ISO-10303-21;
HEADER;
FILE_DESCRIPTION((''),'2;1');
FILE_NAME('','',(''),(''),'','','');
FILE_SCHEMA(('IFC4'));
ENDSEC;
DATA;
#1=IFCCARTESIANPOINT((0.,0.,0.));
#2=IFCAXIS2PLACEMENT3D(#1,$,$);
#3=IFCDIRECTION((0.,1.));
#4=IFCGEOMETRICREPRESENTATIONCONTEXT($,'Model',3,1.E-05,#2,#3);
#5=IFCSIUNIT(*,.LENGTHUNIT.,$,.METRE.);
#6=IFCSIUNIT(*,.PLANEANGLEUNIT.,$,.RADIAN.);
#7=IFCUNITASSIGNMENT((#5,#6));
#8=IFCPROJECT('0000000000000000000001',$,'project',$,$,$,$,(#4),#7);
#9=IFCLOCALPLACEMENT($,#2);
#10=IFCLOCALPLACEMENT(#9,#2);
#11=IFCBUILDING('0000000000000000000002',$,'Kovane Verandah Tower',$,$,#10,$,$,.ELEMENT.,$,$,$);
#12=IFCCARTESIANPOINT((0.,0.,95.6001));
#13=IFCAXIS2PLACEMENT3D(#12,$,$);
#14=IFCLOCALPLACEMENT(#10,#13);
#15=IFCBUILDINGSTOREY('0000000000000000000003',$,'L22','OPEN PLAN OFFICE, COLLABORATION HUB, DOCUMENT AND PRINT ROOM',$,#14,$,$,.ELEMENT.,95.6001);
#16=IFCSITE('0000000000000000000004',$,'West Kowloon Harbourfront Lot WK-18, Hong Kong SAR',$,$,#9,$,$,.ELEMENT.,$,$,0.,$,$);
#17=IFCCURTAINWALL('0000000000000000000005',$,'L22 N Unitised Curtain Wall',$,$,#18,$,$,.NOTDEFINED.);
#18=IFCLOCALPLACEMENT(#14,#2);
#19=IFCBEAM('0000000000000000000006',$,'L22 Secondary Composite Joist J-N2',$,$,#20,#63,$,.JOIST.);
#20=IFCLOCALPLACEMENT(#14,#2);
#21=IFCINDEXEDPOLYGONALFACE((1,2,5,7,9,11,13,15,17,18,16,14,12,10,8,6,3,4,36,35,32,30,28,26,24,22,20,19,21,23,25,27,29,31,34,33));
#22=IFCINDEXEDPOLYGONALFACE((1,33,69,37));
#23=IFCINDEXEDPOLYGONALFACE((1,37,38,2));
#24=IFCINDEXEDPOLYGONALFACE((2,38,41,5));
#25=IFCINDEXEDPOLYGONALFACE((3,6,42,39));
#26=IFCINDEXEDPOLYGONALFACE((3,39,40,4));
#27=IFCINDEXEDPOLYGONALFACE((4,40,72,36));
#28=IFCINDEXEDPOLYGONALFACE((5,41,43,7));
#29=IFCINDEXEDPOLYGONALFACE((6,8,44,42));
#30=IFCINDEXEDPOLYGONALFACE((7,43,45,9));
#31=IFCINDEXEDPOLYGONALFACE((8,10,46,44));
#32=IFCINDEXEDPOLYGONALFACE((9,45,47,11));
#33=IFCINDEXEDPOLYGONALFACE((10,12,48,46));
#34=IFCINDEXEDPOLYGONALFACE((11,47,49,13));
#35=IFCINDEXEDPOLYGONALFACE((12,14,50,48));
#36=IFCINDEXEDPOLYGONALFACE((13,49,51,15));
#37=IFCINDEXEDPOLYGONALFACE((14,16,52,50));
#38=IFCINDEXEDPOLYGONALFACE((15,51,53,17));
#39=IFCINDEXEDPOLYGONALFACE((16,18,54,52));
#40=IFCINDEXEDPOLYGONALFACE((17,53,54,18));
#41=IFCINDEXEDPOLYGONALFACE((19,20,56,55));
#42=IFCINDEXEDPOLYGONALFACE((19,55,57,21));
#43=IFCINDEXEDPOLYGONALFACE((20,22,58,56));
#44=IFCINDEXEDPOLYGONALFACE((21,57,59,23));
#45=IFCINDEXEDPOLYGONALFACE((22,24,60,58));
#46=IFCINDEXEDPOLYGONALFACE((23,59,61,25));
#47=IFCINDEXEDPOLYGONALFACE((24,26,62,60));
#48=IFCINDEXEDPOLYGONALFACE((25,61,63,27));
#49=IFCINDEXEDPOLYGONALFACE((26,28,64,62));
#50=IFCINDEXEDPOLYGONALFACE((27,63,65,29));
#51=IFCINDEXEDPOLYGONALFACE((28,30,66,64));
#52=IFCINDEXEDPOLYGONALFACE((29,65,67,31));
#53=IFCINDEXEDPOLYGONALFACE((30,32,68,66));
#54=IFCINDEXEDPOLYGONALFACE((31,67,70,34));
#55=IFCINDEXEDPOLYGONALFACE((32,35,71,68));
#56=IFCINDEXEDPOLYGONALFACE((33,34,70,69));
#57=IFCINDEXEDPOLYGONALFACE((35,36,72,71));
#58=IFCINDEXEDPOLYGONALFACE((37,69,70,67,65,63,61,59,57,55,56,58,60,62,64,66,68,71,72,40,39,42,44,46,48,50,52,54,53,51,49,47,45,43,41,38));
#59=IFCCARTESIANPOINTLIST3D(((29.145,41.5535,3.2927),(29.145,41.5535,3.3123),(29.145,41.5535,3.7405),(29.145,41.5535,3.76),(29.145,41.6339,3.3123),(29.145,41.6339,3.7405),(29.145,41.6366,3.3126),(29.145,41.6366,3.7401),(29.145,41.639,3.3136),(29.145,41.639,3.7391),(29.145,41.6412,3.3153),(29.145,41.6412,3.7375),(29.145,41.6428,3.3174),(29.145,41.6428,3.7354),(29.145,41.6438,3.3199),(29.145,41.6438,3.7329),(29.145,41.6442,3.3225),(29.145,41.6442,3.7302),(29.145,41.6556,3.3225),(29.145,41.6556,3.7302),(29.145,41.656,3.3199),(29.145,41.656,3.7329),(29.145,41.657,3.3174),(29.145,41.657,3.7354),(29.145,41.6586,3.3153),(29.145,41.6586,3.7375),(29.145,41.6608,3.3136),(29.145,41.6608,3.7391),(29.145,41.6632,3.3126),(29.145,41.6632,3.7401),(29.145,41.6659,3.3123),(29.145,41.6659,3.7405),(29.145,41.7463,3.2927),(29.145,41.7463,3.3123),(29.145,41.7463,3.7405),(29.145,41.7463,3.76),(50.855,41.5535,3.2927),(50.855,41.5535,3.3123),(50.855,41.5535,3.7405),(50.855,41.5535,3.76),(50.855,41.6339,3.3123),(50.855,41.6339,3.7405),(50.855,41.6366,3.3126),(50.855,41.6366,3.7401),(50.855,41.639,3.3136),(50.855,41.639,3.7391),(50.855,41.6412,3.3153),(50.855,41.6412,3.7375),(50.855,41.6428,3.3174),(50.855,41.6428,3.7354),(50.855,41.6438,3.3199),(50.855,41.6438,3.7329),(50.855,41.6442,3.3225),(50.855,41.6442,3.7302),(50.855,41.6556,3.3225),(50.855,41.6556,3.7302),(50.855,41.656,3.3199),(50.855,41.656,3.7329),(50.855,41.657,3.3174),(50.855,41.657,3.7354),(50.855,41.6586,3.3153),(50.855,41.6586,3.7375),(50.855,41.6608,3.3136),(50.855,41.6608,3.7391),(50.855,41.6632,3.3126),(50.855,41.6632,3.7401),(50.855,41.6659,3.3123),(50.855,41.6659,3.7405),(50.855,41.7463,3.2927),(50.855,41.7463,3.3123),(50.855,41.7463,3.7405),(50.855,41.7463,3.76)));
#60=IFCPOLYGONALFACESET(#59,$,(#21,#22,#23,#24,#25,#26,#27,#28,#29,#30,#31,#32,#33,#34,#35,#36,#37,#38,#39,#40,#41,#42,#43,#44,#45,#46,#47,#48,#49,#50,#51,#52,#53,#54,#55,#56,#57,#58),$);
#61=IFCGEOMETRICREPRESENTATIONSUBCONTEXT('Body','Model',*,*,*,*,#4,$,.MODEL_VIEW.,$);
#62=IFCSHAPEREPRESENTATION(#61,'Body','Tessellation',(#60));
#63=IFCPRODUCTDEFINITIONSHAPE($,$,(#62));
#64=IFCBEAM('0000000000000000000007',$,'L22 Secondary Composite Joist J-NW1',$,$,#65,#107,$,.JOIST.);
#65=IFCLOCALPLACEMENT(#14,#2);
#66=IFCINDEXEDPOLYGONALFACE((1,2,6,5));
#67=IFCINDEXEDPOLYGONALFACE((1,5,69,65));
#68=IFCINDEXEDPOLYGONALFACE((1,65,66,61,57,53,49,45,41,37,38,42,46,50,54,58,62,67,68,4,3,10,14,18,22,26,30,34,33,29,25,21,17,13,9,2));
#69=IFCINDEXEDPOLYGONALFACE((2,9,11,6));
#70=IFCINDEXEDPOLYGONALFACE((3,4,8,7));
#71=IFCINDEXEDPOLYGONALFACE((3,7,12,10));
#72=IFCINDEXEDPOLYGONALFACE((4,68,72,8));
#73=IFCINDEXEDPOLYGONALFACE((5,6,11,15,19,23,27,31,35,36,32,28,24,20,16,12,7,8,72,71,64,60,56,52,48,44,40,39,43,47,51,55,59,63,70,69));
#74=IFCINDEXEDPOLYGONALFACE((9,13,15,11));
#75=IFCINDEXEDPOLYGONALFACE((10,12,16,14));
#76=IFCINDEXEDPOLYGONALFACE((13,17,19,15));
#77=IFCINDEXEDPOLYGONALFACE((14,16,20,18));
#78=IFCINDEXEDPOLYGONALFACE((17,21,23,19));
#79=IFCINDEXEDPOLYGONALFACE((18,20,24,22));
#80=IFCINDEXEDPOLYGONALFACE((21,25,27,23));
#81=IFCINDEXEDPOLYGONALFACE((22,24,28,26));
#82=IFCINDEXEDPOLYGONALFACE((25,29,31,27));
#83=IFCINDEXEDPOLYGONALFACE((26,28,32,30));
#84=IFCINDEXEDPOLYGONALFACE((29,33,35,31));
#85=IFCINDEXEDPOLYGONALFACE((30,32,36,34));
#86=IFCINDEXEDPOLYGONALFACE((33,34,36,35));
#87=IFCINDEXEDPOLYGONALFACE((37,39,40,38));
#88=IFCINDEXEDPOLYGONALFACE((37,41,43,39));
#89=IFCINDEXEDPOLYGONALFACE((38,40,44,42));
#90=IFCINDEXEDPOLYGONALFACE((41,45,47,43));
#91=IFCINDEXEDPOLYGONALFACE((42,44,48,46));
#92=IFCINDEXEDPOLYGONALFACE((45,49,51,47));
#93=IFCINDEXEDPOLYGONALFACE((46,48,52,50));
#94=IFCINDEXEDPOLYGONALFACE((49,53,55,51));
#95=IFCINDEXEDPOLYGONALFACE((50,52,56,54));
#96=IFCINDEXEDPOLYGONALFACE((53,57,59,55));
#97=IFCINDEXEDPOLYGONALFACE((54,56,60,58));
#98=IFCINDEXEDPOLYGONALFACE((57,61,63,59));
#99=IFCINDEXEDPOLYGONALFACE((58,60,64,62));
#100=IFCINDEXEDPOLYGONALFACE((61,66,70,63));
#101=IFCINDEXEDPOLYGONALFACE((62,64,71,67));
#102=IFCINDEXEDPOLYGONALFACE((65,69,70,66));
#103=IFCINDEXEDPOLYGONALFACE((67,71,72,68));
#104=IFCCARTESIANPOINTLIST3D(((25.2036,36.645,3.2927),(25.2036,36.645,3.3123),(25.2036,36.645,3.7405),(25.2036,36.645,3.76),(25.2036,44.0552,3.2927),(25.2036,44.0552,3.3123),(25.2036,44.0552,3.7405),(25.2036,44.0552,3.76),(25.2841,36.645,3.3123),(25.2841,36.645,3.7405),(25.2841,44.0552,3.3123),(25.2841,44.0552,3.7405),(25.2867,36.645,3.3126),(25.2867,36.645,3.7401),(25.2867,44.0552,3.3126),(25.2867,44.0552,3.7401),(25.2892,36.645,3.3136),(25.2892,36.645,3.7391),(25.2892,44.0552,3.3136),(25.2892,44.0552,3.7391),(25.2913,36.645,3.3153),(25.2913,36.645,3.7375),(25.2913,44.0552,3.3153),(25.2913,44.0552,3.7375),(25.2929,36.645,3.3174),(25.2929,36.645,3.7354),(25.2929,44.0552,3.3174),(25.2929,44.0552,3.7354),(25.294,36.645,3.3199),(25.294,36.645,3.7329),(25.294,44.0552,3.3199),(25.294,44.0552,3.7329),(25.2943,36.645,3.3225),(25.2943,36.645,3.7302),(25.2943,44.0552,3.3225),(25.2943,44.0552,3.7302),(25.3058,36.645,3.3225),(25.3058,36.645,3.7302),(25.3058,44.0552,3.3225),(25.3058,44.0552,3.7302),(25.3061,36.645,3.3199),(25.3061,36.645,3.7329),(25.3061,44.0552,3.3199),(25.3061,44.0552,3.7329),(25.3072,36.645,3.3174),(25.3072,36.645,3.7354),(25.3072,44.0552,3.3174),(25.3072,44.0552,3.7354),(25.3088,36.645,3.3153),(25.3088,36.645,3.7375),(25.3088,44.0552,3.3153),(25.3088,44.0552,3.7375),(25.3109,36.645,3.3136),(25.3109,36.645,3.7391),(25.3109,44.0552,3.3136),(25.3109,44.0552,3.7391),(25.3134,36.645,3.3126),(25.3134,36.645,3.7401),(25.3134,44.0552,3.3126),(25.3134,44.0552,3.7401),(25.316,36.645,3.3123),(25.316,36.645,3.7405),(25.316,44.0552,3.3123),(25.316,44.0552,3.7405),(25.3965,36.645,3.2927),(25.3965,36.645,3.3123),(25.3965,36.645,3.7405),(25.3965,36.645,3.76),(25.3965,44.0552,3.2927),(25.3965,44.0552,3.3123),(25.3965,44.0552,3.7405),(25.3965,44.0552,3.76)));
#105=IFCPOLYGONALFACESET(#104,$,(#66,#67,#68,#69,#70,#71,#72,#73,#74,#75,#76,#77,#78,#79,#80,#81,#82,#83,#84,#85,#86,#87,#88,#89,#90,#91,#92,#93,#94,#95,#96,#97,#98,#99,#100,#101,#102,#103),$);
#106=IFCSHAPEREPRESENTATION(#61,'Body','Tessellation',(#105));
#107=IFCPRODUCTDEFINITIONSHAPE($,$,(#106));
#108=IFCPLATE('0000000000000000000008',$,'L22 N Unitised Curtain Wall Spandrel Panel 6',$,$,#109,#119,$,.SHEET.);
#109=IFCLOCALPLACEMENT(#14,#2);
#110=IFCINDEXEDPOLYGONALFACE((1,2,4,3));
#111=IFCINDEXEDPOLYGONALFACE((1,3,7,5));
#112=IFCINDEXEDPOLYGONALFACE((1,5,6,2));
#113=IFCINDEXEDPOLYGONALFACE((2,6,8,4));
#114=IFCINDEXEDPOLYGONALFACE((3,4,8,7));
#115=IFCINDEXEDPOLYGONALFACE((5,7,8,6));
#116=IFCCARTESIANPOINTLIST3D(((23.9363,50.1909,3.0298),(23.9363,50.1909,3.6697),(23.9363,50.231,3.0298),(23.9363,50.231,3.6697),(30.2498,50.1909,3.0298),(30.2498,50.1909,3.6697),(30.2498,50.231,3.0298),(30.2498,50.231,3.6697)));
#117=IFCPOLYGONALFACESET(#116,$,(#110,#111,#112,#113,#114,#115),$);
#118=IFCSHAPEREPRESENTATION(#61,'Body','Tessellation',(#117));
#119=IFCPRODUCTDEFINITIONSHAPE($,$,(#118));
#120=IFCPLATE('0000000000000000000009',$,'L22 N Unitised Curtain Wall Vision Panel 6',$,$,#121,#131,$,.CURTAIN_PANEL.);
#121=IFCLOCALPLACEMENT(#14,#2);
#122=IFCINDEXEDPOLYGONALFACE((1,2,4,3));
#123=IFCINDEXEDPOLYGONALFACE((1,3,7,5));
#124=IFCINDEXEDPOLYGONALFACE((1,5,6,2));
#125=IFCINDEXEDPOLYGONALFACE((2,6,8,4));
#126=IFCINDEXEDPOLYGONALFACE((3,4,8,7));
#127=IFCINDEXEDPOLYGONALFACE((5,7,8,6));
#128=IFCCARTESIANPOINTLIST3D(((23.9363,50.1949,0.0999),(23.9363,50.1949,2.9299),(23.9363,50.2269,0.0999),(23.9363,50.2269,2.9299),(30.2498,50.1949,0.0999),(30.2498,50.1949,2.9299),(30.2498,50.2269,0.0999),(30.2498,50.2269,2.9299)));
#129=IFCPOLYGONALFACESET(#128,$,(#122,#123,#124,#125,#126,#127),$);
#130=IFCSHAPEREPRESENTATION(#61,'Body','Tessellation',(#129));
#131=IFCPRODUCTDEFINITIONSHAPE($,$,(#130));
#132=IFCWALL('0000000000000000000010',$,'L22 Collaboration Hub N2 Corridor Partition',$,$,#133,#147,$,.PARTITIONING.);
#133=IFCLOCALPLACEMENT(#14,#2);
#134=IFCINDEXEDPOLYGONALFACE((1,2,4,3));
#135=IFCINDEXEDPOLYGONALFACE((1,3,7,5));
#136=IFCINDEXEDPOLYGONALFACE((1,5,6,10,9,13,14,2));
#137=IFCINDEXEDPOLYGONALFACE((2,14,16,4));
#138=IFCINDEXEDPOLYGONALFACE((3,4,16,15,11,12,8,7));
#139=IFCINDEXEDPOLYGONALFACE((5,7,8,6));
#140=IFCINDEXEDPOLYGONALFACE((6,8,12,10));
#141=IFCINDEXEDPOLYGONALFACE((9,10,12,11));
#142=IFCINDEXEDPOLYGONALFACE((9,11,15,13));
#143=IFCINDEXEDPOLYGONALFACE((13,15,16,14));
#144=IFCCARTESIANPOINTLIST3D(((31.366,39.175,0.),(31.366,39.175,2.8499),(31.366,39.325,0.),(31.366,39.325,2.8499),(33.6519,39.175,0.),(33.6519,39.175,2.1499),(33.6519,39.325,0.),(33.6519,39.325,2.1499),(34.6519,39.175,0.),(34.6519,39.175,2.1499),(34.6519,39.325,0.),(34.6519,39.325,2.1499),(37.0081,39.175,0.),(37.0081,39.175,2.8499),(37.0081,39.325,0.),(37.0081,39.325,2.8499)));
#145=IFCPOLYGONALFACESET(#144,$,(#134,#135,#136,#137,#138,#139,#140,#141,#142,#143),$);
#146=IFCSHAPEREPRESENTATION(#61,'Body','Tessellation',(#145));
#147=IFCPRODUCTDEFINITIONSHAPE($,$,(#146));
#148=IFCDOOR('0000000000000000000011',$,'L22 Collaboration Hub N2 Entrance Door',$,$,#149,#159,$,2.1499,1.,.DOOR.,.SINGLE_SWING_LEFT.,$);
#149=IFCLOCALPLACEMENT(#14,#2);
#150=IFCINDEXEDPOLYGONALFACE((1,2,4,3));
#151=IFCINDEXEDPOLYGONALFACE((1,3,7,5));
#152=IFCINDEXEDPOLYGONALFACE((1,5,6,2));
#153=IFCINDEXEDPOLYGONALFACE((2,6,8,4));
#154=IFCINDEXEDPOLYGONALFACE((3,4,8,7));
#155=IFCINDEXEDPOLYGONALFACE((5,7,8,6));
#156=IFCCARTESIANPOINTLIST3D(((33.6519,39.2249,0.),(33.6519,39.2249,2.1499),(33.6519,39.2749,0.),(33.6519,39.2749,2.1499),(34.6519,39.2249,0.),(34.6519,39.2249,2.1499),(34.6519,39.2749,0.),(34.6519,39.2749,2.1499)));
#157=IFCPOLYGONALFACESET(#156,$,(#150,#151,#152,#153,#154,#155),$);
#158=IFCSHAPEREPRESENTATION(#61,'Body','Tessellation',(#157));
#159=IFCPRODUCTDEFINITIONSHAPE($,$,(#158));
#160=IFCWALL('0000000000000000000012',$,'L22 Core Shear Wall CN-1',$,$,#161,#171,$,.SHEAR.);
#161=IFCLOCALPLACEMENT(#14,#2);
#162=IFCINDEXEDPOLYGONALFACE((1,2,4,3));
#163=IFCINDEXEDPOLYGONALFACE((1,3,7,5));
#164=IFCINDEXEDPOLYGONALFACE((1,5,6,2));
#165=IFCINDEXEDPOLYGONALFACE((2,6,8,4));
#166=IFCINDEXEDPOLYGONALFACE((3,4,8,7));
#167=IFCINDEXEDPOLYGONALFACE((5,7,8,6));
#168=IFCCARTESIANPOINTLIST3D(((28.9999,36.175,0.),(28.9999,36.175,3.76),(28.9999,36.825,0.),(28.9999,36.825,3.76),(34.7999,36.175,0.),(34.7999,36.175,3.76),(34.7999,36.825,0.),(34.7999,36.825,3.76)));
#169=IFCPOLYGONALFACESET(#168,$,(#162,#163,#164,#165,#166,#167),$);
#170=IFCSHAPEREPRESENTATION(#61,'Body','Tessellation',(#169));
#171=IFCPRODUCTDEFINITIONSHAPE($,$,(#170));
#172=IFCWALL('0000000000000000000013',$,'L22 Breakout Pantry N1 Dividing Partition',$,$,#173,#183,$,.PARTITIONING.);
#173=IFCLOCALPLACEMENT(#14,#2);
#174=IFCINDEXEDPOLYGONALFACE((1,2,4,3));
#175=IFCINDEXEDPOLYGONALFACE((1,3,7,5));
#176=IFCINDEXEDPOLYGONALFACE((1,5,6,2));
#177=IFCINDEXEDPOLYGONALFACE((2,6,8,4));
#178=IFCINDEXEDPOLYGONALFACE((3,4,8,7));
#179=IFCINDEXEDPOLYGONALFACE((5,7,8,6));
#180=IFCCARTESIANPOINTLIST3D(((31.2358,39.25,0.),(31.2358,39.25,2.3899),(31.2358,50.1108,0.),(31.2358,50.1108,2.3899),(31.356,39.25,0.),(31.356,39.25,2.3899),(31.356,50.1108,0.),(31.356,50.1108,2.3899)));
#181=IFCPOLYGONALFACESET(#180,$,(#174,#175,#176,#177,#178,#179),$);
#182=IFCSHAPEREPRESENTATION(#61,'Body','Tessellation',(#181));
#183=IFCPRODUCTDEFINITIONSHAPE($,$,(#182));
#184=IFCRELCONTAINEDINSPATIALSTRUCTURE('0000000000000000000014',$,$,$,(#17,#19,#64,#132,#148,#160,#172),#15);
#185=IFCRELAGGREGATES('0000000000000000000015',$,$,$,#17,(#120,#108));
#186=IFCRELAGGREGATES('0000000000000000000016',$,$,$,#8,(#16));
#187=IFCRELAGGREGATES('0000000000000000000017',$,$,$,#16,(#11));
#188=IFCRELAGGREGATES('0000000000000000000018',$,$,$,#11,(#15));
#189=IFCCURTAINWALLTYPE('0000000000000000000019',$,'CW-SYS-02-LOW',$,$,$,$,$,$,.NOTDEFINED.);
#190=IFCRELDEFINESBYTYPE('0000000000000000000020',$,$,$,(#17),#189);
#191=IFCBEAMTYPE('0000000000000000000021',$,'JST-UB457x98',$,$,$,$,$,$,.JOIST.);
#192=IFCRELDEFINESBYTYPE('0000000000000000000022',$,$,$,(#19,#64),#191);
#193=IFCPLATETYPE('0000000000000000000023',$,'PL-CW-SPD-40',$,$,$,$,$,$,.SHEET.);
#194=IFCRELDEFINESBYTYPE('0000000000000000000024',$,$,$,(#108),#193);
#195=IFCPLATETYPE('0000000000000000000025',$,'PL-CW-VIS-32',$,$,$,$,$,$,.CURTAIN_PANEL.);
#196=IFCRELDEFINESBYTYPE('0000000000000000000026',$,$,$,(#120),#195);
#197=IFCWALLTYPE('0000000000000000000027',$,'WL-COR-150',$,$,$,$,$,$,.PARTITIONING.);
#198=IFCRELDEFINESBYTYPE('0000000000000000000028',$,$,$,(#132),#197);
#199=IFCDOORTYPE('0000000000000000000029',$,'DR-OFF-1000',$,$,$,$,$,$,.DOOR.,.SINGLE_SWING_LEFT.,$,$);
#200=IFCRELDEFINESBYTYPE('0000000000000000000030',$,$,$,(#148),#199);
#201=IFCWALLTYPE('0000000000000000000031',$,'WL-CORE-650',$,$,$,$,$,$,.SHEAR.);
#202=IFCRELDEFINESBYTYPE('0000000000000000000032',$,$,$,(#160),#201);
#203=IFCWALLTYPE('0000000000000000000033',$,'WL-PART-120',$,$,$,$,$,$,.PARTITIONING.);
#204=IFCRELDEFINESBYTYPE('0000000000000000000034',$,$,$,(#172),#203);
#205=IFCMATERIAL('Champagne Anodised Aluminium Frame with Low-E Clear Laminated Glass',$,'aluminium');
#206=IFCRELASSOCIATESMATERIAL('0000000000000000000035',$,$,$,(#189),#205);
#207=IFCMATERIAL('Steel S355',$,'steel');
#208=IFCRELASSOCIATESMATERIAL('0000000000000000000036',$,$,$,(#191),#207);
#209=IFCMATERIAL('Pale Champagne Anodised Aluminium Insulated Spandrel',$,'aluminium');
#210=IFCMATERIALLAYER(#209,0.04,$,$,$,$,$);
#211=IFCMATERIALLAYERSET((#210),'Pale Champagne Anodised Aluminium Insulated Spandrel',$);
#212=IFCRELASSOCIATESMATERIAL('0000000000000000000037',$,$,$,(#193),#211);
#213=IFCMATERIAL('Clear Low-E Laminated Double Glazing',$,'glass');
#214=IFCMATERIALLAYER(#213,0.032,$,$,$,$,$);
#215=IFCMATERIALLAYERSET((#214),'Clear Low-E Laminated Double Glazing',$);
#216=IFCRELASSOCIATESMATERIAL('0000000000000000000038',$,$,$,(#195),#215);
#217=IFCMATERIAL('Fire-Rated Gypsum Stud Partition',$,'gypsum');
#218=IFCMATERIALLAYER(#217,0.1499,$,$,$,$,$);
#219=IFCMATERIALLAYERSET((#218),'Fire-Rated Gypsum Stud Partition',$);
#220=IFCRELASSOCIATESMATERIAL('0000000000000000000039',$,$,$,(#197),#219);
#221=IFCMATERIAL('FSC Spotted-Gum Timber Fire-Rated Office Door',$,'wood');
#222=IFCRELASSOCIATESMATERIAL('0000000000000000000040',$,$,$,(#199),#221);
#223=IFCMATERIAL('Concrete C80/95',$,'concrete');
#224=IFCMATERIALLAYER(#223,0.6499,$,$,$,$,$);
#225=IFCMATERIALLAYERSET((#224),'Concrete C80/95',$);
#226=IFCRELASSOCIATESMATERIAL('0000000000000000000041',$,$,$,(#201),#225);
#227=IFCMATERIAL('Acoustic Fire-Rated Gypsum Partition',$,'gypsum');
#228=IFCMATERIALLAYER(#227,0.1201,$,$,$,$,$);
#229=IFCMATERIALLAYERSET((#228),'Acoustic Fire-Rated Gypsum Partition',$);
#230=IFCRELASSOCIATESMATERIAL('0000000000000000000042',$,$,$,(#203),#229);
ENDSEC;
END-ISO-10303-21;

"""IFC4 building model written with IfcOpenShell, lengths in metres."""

from ifc_helpers import new_model, si_unit, direction, frame, frame_2d, origin, origin_2d, place, context, subcontext, project, spatial, rectangle, i_section, extrude, material, layer, layer_set, material_profile, profile_set, type_object, element, fill, aggregate, save


model = new_model("IFC4")

# Units and contexts
model_context = context("Model", 3, precision=1e-05, world=origin(), true_north=direction((0.0, 1.0)))
body_context = subcontext(model_context, "Body", "Model", "MODEL_VIEW")
ifc_project = project(units=[si_unit("LENGTHUNIT", "METRE"), si_unit("PLANEANGLEUNIT", "RADIAN")], contexts=[model_context])

# Site, building, storey
site_placement = place(None, origin())
site = spatial("IfcSite", under=ifc_project, at=site_placement, Name="West Kowloon Harbourfront Lot WK-18, Hong Kong SAR", CompositionType="ELEMENT", RefElevation=0.0)
building_placement = place(site_placement, origin())
building = spatial("IfcBuilding", under=site, at=building_placement, Name="Kovane Verandah Tower", CompositionType="ELEMENT")
storey_placement = place(building_placement, frame((0.0, 0.0, 95.6001)))
storey = spatial("IfcBuildingStorey", under=building, at=storey_placement, Name="L22", Description="OPEN PLAN OFFICE, COLLABORATION HUB, DOCUMENT AND PRINT ROOM", CompositionType="ELEMENT", Elevation=95.6001)

# Shared definitions
ifc_material_1 = material(Name="Concrete C80/95", Category="concrete")

# Shared definitions
ifc_material_2 = material(Name="Steel S355", Category="steel")

# Curtain wall
ifc_material_3 = material(Name="Champagne Anodised Aluminium Frame with Low-E Clear Laminated Glass", Category="aluminium")
curtain_wall_type = type_object("IfcCurtainWallType", Name="CW-SYS-02-LOW", PredefinedType="NOTDEFINED", material=ifc_material_3)
curtain_wall_placement = place(storey_placement, origin())
curtain_wall = element("IfcCurtainWall", 1, at=curtain_wall_placement, inside=storey, type_object=curtain_wall_type, Name="L22 N Unitised Curtain Wall", PredefinedType="NOTDEFINED")

# Beams
ifc_material_profile_1 = material_profile(ifc_material_2, i_section(OverallWidth=0.1929, OverallDepth=0.4673, WebThickness=0.0115, FlangeThickness=0.0195, FilletRadius=0.0103, at=origin_2d()), Name="UB457x191x98")
ifc_profile_set_1 = profile_set([ifc_material_profile_1], Name="Steel S355")
beam_type_1 = type_object("IfcBeamType", Name="JST-UB457x98", PredefinedType="JOIST", material=ifc_profile_set_1)
for number, where, z_axis, x_axis, name in (
    (2, (29.145, 41.6499, 3.5264), (1.0, 0.0, 0.0), (0.0, 1.0, 0.0), "L22 Secondary Composite Joist J-N2"),
):
    element("IfcBeam", number, at=place(storey_placement, frame(where, z_axis=z_axis, x_axis=x_axis)), inside=storey, type_object=beam_type_1, Name=name, PredefinedType="JOIST", context=body_context, shape_type="SweptSolid", body=[
        extrude(i_section(OverallWidth=0.1929, OverallDepth=0.4673, WebThickness=0.0115, FlangeThickness=0.0195, FilletRadius=0.0103, at=origin_2d()), origin(), (0.0, 0.0, 1.0), 21.71),
    ])
beam_1_placement = place(storey_placement, frame((25.3, 36.645, 3.5264), z_axis=(0.0, 1.0, 0.0), x_axis=(-1.0, 0.0, 0.0)))
element("IfcBeam", 3, at=beam_1_placement, inside=storey, type_object=beam_type_1, Name="L22 Secondary Composite Joist J-NW1", PredefinedType="JOIST", context=body_context, shape_type="SweptSolid", body=[
    extrude(i_section(OverallWidth=0.1929, OverallDepth=0.4673, WebThickness=0.0115, FlangeThickness=0.0195, FilletRadius=0.0103, at=origin_2d()), origin(), (0.0, 0.0, 1.0), 7.4102),
])

# Plates
ifc_material_4 = material(Name="Pale Champagne Anodised Aluminium Insulated Spandrel", Category="aluminium")
ifc_layer_1 = layer(ifc_material_4, 0.04)
ifc_layer_set_1 = layer_set([ifc_layer_1], Name="Pale Champagne Anodised Aluminium Insulated Spandrel")
plate_type_1 = type_object("IfcPlateType", Name="PL-CW-SPD-40", PredefinedType="SHEET", material=ifc_layer_set_1)
plate_1_placement = place(storey_placement, frame((27.093, 50.2109, 3.0298), z_axis=(0.0, 0.0, 1.0), x_axis=(-1.0, 0.0, 0.0)))
plate_1 = element("IfcPlate", 4, at=plate_1_placement, type_object=plate_type_1, Name="L22 N Unitised Curtain Wall Spandrel Panel 6", PredefinedType="SHEET", context=body_context, shape_type="SweptSolid", body=[
    extrude(rectangle(XDim=6.3135, YDim=0.04, at=origin_2d()), origin(), (0.0, 0.0, 1.0), 0.6399),
])
ifc_material_5 = material(Name="Clear Low-E Laminated Double Glazing", Category="glass")
ifc_layer_2 = layer(ifc_material_5, 0.032)
ifc_layer_set_2 = layer_set([ifc_layer_2], Name="Clear Low-E Laminated Double Glazing")
plate_type_2 = type_object("IfcPlateType", Name="PL-CW-VIS-32", PredefinedType="CURTAIN_PANEL", material=ifc_layer_set_2)
plate_2_placement = place(storey_placement, frame((27.093, 50.2109, 0.0999), z_axis=(0.0, 0.0, 1.0), x_axis=(-1.0, 0.0, 0.0)))
plate_2 = element("IfcPlate", 5, at=plate_2_placement, type_object=plate_type_2, Name="L22 N Unitised Curtain Wall Vision Panel 6", PredefinedType="CURTAIN_PANEL", context=body_context, shape_type="SweptSolid", body=[
    extrude(rectangle(XDim=6.3135, YDim=0.032, at=origin_2d()), origin(), (0.0, 0.0, 1.0), 2.8301),
])
aggregate(curtain_wall, [plate_2, plate_1])

# Wall, opening, door
ifc_material_6 = material(Name="Fire-Rated Gypsum Stud Partition", Category="gypsum")
ifc_layer_3 = layer(ifc_material_6, 0.1499)
ifc_layer_set_3 = layer_set([ifc_layer_3], Name="Fire-Rated Gypsum Stud Partition")
wall_type_1 = type_object("IfcWallType", Name="WL-COR-150", PredefinedType="PARTITIONING", material=ifc_layer_set_3)
ifc_material_7 = material(Name="FSC Spotted-Gum Timber Fire-Rated Office Door", Category="wood")
door_type = type_object("IfcDoorType", Name="DR-OFF-1000", OperationType="SINGLE_SWING_LEFT", PredefinedType="DOOR", material=ifc_material_7)
wall_1_placement = place(storey_placement, frame((31.366, 39.25, 0.0), z_axis=(0.0, 0.0, 1.0), x_axis=(1.0, 0.0, 0.0)))
wall_1 = element("IfcWall", 6, at=wall_1_placement, inside=storey, type_object=wall_type_1, Name="L22 Collaboration Hub N2 Corridor Partition", PredefinedType="PARTITIONING", context=body_context, shape_type="SweptSolid", body=[
    extrude(rectangle(XDim=5.6421, YDim=0.1499, at=frame_2d((2.821, 0.0))), origin(), (0.0, 0.0, 1.0), 2.8499),
])
opening_1_placement = place(wall_1_placement, frame((2.2859, 0.0, 0.0)))
opening_1 = element("IfcOpeningElement", 7, at=opening_1_placement, cuts=wall_1, PredefinedType="OPENING", context=body_context, shape_type="SweptSolid", body=[
    extrude(rectangle(XDim=1.0, YDim=2.1499, at=frame_2d((0.5, 1.075))), frame((0.0, 0.075, 0.0), z_axis=(0.0, -1.0, 0.0), x_axis=(1.0, 0.0, 0.0)), (0.0, 0.0, 1.0), 0.1499),
])
door_1_placement = place(opening_1_placement, origin())
door_1 = element("IfcDoor", 8, at=door_1_placement, inside=storey, type_object=door_type, Name="L22 Collaboration Hub N2 Entrance Door", OperationType="SINGLE_SWING_LEFT", OverallHeight=2.1499, OverallWidth=1.0, PredefinedType="DOOR", context=body_context, shape_type="SweptSolid", body=[
    extrude(rectangle(XDim=1.0, YDim=2.1499, at=frame_2d((0.5, 1.075))), frame((0.0, 0.0249, 0.0), z_axis=(0.0, -1.0, 0.0), x_axis=(1.0, 0.0, 0.0)), (0.0, 0.0, 1.0), 0.05),
])
fill(opening_1, door_1)

# Walls
ifc_layer_4 = layer(ifc_material_1, 0.6499)
ifc_layer_set_4 = layer_set([ifc_layer_4], Name="Concrete C80/95")
wall_type_2 = type_object("IfcWallType", Name="WL-CORE-650", PredefinedType="SHEAR", material=ifc_layer_set_4)
wall_2_placement = place(storey_placement, frame((29.0, 36.5, 0.0), z_axis=(0.0, 0.0, 1.0), x_axis=(1.0, 0.0, 0.0)))
element("IfcWall", 9, at=wall_2_placement, inside=storey, type_object=wall_type_2, Name="L22 Core Shear Wall CN-1", PredefinedType="SHEAR", context=body_context, shape_type="SweptSolid", body=[
    extrude(rectangle(XDim=5.8, YDim=0.6499, at=frame_2d((2.8999, 0.0))), origin(), (0.0, 0.0, 1.0), 3.76),
])
ifc_material_8 = material(Name="Acoustic Fire-Rated Gypsum Partition", Category="gypsum")
ifc_layer_5 = layer(ifc_material_8, 0.1201)
ifc_layer_set_5 = layer_set([ifc_layer_5], Name="Acoustic Fire-Rated Gypsum Partition")
wall_type_3 = type_object("IfcWallType", Name="WL-PART-120", PredefinedType="PARTITIONING", material=ifc_layer_set_5)
wall_3_placement = place(storey_placement, frame((31.2959, 39.25, 0.0), z_axis=(0.0, 0.0, 1.0), x_axis=(0.0, 1.0, 0.0)))
element("IfcWall", 10, at=wall_3_placement, inside=storey, type_object=wall_type_3, Name="L22 Breakout Pantry N1 Dividing Partition", PredefinedType="PARTITIONING", context=body_context, shape_type="SweptSolid", body=[
    extrude(rectangle(XDim=10.8608, YDim=0.1201, at=frame_2d((5.4304, 0.0))), origin(), (0.0, 0.0, 1.0), 2.3899),
])

save(model, "model.ifc")
